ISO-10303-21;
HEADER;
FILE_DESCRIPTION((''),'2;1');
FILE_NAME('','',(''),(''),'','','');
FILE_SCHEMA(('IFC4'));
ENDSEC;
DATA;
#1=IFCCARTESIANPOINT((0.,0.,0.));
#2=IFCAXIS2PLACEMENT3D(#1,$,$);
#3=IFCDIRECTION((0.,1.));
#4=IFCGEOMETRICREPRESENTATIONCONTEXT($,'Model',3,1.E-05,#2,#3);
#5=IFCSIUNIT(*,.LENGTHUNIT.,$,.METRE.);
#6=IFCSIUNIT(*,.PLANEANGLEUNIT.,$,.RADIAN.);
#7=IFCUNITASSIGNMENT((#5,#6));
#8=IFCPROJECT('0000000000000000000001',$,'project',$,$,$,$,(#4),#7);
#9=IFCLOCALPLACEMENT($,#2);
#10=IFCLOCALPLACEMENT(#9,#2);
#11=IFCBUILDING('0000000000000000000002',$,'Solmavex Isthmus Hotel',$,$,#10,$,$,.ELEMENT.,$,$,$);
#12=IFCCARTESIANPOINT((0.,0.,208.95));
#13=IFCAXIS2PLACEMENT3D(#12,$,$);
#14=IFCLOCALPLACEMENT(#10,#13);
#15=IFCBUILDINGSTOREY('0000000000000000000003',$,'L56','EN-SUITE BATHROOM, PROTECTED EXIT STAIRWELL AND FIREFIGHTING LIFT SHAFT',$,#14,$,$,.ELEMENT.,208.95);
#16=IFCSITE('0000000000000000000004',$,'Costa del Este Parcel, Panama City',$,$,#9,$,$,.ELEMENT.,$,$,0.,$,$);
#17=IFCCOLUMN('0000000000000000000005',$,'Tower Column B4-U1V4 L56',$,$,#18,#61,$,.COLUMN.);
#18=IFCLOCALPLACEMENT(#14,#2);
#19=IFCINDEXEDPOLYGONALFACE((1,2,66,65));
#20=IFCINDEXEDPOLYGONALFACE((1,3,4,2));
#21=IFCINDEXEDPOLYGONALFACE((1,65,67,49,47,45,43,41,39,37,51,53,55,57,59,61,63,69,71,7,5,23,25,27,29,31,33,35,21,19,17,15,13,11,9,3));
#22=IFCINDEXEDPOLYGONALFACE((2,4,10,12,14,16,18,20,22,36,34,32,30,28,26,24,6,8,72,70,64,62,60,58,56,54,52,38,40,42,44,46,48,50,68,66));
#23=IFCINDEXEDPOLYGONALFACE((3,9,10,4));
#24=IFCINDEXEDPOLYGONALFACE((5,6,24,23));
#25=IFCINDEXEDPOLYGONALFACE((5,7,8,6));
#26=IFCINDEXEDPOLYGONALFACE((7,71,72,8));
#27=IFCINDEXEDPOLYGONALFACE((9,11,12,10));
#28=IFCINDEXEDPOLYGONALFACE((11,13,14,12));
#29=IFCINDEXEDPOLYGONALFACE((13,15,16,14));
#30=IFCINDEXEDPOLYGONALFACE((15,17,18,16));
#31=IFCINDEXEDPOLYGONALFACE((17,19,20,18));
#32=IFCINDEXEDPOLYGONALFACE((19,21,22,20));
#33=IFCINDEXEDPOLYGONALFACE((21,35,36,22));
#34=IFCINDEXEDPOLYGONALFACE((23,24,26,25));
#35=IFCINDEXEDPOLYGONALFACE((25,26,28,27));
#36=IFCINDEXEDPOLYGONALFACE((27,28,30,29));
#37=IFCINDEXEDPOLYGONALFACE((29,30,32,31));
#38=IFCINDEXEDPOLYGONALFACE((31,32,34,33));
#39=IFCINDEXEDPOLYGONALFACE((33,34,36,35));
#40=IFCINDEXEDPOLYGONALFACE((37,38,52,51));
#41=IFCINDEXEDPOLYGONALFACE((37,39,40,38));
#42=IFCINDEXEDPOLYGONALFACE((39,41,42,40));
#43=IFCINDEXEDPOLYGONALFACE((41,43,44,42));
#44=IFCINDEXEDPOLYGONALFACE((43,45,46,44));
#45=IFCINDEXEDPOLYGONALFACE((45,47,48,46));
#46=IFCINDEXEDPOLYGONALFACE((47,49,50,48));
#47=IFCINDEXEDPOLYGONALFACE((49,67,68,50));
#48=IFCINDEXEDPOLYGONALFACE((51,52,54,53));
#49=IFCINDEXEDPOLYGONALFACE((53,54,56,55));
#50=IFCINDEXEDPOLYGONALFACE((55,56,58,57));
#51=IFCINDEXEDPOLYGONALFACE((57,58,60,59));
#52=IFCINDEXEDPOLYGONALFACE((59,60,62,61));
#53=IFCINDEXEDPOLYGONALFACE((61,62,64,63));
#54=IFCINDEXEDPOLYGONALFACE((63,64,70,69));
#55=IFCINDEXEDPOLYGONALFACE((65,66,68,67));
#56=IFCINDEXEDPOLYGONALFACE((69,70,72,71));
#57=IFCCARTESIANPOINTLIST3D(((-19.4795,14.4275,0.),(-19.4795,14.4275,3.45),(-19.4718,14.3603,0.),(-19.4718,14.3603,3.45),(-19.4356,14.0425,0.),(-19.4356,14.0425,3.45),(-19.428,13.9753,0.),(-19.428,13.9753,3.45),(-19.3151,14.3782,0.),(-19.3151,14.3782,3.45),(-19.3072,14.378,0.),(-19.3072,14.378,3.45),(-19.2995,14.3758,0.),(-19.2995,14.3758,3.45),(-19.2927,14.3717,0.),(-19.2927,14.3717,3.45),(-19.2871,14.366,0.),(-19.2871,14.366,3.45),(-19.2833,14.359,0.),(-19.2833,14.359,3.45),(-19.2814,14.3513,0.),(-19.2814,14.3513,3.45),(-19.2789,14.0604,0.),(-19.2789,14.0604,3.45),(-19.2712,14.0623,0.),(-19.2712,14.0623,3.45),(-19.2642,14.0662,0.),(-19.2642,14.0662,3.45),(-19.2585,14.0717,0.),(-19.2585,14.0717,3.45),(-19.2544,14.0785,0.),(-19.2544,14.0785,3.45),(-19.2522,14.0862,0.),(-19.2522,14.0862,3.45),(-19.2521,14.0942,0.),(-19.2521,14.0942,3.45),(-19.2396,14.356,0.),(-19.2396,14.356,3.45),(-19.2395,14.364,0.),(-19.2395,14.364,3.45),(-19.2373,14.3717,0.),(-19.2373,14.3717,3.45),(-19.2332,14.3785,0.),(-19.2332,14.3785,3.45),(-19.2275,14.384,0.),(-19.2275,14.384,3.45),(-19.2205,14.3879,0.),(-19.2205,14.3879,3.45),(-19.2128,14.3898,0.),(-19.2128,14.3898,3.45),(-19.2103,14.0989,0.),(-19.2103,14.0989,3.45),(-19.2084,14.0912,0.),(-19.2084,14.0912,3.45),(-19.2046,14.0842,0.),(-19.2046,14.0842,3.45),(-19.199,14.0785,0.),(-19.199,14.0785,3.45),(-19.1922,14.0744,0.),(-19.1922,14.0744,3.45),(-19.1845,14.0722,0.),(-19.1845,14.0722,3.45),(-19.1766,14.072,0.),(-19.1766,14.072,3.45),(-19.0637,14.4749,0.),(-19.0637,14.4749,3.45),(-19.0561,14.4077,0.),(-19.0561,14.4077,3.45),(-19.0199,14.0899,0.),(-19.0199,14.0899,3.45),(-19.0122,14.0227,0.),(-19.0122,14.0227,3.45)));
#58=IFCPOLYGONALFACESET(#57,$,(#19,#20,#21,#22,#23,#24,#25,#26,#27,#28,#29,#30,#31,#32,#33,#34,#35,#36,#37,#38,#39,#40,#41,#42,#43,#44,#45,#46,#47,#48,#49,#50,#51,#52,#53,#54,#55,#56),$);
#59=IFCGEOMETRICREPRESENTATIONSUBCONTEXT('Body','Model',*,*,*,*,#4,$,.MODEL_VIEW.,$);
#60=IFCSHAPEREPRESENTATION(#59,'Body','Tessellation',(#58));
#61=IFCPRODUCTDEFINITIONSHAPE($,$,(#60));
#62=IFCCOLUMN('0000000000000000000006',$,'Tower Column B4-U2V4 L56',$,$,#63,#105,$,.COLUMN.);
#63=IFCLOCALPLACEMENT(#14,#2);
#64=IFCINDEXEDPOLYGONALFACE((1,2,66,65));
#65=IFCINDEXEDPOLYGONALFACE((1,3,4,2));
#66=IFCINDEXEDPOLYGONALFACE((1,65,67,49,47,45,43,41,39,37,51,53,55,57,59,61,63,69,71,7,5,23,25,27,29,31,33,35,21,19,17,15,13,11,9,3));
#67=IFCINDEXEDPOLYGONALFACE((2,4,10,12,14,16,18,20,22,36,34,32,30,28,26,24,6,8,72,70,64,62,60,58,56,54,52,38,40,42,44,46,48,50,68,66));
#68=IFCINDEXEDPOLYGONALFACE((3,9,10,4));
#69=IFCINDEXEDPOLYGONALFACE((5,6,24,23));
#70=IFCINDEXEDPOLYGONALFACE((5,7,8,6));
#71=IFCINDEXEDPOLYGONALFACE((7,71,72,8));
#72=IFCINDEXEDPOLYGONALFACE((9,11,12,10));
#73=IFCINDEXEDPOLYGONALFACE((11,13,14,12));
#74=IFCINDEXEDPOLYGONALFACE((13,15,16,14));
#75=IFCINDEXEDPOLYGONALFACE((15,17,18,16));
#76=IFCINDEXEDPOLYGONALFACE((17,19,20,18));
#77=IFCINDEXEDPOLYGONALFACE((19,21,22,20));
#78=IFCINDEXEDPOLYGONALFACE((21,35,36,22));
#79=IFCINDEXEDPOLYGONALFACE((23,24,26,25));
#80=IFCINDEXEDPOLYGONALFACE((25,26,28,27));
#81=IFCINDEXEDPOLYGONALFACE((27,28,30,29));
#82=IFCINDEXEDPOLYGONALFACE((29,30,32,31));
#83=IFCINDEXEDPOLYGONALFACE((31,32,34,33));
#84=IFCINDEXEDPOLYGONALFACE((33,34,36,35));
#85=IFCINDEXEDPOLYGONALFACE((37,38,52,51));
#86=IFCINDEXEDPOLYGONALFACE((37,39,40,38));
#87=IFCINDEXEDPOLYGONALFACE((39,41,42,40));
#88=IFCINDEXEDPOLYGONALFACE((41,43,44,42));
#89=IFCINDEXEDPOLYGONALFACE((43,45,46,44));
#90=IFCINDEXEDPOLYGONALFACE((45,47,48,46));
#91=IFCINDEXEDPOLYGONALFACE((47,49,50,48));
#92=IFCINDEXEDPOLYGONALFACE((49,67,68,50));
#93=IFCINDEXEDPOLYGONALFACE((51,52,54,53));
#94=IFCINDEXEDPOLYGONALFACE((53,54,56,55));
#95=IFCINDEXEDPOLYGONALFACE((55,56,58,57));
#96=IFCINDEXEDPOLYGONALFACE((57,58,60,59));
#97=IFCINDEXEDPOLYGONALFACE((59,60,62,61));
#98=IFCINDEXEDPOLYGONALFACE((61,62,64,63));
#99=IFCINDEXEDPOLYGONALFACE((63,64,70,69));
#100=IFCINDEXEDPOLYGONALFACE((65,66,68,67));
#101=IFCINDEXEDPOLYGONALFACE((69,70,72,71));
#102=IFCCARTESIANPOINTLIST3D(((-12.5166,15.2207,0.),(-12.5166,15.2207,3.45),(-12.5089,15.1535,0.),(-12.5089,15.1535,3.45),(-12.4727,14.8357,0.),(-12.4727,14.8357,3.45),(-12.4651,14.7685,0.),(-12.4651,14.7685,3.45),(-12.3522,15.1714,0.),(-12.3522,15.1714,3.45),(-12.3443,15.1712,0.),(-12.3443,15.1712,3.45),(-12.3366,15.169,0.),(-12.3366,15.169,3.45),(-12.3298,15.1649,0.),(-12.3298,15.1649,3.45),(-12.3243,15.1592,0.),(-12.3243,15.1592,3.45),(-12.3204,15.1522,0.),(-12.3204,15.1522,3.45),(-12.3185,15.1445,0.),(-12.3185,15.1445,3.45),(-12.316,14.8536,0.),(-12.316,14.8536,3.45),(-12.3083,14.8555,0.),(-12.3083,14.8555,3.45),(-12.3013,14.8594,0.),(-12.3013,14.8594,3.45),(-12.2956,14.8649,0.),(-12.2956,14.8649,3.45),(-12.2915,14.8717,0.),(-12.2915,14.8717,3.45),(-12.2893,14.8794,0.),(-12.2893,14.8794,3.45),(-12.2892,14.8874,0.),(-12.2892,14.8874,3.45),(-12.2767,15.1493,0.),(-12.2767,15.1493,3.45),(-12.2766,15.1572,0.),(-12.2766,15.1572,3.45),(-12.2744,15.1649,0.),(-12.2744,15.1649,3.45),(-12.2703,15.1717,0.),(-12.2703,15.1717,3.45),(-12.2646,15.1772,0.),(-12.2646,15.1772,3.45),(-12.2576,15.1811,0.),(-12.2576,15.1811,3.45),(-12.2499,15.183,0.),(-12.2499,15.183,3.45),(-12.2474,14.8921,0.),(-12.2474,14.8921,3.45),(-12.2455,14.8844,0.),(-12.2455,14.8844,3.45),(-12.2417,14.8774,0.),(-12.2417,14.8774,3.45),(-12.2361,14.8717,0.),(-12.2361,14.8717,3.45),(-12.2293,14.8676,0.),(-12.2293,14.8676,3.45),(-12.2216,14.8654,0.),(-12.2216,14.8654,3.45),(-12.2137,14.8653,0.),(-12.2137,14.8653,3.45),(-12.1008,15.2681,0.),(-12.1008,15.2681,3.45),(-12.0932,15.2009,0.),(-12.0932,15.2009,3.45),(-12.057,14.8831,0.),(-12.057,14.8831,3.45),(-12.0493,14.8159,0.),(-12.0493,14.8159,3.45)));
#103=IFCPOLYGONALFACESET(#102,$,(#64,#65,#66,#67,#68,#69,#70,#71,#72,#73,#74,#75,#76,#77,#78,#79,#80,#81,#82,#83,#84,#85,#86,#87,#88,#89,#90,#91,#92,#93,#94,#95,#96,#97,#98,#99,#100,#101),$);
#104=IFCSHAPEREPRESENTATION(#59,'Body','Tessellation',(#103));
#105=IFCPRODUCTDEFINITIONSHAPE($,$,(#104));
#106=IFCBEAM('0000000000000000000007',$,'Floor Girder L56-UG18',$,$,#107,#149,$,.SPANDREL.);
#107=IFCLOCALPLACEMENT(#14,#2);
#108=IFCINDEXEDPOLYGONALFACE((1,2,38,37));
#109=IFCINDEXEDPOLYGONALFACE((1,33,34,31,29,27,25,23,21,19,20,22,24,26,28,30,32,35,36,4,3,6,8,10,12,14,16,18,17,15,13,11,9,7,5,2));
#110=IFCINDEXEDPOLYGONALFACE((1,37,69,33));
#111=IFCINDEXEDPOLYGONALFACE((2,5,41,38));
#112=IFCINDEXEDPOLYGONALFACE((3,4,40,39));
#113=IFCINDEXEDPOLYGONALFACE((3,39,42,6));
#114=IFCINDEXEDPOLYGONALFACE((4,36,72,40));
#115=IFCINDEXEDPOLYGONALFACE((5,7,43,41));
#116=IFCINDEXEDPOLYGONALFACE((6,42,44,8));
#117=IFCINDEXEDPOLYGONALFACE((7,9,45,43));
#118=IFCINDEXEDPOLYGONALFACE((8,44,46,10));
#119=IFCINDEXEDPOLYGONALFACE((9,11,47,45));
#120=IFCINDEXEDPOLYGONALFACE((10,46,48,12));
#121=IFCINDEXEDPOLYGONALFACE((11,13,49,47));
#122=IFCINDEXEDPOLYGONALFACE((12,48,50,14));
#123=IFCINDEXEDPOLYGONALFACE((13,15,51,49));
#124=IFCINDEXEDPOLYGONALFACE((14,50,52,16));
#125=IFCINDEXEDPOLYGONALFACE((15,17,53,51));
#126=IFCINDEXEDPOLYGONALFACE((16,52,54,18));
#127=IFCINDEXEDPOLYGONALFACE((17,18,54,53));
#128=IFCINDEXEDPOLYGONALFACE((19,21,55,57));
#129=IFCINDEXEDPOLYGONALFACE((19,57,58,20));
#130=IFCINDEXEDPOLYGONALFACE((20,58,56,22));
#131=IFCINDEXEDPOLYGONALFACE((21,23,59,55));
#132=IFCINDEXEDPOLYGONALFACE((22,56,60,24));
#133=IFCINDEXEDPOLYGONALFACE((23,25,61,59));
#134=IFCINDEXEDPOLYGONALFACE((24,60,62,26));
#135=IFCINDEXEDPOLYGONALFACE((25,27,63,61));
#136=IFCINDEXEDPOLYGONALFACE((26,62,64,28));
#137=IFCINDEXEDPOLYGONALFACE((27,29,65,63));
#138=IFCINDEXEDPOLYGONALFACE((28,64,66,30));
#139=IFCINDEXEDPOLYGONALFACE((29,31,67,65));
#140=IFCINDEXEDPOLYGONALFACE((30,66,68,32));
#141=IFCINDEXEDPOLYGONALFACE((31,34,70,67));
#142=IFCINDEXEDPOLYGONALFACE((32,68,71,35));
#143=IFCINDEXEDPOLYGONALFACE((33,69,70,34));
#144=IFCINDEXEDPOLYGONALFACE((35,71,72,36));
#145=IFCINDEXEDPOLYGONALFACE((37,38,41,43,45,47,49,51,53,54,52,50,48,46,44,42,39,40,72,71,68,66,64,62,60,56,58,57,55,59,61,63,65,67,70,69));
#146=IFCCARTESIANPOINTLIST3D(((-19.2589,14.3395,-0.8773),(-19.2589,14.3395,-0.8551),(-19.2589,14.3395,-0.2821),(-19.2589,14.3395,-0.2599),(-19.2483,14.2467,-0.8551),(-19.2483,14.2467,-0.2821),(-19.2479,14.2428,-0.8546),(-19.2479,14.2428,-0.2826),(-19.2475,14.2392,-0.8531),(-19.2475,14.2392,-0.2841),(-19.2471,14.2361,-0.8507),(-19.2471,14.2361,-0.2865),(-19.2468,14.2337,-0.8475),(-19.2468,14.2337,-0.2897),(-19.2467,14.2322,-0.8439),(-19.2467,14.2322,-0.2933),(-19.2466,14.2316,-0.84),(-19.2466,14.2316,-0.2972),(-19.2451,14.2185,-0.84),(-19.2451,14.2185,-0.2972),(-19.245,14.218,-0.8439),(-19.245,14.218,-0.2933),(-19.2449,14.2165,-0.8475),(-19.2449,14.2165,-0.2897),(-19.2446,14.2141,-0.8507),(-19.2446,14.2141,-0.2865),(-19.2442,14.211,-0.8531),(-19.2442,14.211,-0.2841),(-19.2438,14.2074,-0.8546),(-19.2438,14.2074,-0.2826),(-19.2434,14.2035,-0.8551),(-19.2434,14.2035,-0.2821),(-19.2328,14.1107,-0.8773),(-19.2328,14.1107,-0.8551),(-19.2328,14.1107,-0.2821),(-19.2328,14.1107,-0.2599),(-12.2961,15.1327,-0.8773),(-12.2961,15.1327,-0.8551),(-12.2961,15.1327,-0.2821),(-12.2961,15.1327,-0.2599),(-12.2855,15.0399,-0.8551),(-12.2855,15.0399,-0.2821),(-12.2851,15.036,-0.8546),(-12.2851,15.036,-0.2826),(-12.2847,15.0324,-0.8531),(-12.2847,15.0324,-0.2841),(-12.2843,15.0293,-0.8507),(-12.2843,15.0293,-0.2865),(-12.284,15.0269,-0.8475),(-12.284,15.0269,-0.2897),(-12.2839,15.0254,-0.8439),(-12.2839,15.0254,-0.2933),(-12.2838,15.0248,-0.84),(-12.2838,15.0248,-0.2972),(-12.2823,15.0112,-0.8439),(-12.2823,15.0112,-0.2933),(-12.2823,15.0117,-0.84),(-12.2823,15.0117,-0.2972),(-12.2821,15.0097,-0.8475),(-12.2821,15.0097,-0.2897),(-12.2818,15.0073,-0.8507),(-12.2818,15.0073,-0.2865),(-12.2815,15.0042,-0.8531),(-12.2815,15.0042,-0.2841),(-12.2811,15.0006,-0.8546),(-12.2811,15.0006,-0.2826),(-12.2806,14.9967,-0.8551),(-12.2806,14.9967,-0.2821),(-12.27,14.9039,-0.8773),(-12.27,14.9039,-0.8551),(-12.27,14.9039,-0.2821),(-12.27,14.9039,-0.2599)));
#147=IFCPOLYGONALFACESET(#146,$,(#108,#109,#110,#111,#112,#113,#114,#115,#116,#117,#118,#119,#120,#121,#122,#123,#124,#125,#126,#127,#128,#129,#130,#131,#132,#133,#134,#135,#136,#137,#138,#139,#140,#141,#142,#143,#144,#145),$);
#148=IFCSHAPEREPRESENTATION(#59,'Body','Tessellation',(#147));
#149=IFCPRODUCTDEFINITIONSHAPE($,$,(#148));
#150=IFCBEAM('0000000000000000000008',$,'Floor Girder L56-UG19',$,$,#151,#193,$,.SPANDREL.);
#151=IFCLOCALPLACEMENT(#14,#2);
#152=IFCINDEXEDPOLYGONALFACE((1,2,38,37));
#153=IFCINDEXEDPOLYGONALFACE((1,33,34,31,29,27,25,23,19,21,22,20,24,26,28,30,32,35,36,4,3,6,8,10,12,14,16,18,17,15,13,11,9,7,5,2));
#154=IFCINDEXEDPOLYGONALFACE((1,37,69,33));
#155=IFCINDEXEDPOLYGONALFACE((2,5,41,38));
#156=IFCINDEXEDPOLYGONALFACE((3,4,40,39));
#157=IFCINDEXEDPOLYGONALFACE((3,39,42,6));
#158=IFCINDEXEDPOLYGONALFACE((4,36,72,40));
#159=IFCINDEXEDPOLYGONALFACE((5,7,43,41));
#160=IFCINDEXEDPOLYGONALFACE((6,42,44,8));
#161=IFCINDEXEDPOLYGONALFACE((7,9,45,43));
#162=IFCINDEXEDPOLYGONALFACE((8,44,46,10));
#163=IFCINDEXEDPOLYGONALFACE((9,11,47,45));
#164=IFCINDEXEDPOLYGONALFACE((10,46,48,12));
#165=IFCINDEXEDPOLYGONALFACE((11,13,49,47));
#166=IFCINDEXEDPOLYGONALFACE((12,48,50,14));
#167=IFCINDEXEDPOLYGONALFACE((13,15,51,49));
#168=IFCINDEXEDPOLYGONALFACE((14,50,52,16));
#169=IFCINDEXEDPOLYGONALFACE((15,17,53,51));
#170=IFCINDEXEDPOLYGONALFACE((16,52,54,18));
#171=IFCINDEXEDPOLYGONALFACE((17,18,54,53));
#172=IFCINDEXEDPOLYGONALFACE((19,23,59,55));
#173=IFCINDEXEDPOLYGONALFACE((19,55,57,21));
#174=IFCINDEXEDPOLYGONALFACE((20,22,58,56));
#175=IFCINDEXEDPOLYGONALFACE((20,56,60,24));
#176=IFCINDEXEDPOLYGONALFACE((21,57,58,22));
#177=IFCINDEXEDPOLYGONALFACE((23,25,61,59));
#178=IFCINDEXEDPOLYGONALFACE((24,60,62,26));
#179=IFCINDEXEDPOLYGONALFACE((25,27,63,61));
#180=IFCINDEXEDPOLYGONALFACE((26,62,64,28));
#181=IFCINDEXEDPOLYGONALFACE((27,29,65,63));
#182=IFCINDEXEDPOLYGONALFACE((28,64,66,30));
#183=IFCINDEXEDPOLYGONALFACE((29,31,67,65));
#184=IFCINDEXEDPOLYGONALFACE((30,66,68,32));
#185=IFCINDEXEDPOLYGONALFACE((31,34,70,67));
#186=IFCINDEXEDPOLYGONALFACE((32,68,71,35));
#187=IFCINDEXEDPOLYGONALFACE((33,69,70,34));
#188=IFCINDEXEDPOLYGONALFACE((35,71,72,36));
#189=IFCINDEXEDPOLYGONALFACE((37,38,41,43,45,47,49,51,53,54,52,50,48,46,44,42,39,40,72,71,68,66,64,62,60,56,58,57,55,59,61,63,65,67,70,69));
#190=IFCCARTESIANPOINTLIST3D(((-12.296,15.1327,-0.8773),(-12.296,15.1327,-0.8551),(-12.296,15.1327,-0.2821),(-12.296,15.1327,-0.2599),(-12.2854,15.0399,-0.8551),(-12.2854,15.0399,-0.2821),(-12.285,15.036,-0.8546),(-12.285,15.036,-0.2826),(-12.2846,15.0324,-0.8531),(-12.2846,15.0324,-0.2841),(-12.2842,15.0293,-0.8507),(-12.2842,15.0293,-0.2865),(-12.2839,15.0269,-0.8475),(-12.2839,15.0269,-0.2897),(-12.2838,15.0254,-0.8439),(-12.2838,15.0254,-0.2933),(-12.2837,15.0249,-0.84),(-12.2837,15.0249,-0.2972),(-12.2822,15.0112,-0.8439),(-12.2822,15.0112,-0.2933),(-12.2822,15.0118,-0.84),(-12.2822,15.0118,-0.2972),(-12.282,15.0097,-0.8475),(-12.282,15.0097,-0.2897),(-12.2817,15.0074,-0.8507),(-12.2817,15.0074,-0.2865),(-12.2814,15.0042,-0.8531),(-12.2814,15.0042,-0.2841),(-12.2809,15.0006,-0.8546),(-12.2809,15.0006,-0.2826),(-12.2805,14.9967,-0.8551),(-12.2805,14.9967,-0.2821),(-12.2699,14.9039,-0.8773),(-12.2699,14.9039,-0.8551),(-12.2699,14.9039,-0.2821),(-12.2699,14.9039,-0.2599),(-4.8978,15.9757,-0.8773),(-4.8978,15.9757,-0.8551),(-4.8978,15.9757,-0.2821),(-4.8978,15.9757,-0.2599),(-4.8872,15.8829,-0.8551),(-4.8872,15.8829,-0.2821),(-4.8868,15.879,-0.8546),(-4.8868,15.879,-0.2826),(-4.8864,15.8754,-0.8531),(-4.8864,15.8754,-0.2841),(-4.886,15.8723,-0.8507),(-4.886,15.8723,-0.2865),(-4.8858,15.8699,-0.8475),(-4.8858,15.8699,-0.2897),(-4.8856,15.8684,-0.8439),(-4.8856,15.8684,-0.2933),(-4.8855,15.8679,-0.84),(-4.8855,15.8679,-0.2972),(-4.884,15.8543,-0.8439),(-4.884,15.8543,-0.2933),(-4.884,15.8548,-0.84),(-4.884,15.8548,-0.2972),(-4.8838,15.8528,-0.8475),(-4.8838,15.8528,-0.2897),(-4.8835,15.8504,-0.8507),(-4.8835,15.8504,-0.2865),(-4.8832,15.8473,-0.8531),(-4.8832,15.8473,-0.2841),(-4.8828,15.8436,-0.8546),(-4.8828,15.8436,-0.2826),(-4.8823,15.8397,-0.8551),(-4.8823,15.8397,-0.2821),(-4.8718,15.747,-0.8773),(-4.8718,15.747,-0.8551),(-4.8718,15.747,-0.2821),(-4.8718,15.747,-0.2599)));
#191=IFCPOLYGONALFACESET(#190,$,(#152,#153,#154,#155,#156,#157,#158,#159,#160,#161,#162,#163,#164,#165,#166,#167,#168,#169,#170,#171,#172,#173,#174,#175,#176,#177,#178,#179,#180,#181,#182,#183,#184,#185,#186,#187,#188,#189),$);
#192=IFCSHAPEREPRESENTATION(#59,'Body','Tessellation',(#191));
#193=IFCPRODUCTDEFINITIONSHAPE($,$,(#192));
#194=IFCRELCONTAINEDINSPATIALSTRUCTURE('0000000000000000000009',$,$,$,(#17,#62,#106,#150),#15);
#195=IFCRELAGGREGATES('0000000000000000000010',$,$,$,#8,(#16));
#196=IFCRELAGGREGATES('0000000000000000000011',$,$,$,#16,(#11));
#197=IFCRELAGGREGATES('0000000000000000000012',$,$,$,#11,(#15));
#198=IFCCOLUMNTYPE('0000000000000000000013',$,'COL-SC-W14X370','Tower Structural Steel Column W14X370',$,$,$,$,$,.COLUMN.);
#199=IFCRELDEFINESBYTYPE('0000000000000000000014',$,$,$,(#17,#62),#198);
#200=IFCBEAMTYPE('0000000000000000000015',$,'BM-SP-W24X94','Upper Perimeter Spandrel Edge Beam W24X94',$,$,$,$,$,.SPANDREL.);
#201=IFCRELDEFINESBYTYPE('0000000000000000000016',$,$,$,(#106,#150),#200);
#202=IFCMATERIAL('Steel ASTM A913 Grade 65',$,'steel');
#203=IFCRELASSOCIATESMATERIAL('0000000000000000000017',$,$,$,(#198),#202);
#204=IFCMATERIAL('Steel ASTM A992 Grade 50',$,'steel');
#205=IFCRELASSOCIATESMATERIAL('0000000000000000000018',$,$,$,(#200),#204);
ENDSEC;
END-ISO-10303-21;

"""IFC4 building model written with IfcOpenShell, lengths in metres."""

from ifc_helpers import new_model, si_unit, direction, frame, origin, origin_2d, place, context, subcontext, project, spatial, i_section, extrude, material, material_profile, profile_set, type_object, element, save


model = new_model("IFC4")

# Units and contexts
model_context = context("Model", 3, precision=1e-05, world=origin(), true_north=direction((0.0, 1.0)))
body_context = subcontext(model_context, "Body", "Model", "MODEL_VIEW")
ifc_project = project(units=[si_unit("LENGTHUNIT", "METRE"), si_unit("PLANEANGLEUNIT", "RADIAN")], contexts=[model_context])

# Site, building, storey
site_placement = place(None, origin())
site = spatial("IfcSite", under=ifc_project, at=site_placement, Name="Costa del Este Parcel, Panama City", CompositionType="ELEMENT", RefElevation=0.0)
building_placement = place(site_placement, origin())
building = spatial("IfcBuilding", under=site, at=building_placement, Name="Solmavex Isthmus Hotel", CompositionType="ELEMENT")
storey_placement = place(building_placement, frame((0.0, 0.0, 208.95)))
storey = spatial("IfcBuildingStorey", under=building, at=storey_placement, Name="L56", Description="EN-SUITE BATHROOM, PROTECTED EXIT STAIRWELL AND FIREFIGHTING LIFT SHAFT", CompositionType="ELEMENT", Elevation=208.95)

# Columns
ifc_material_1 = material(Name="Steel ASTM A913 Grade 65", Category="steel")
ifc_material_profile_1 = material_profile(ifc_material_1, i_section(OverallWidth=0.4185, OverallDepth=0.4551, WebThickness=0.042, FlangeThickness=0.0676, FilletRadius=0.0305, at=origin_2d()), Name="W14X370")
ifc_profile_set_1 = profile_set([ifc_material_profile_1], Name="Steel ASTM A913 Grade 65")
column_type = type_object("IfcColumnType", Name="COL-SC-W14X370", Description="Tower Structural Steel Column W14X370", PredefinedType="COLUMN", material=ifc_profile_set_1)
for number, where, z_axis, x_axis, name in (
    (1, (-19.2458, 14.2251, 0.0), (0.0, 0.0, 1.0), (0.993572, 0.113203, 0.0), "Tower Column B4-U1V4 L56"),
    (2, (-12.283, 15.0183, 0.0), (0.0, 0.0, 1.0), (0.993572, 0.113203, 0.0), "Tower Column B4-U2V4 L56"),
):
    element("IfcColumn", number, at=place(storey_placement, frame(where, z_axis=z_axis, x_axis=x_axis)), inside=storey, type_object=column_type, Name=name, PredefinedType="COLUMN", context=body_context, shape_type="SweptSolid", body=[
        extrude(i_section(OverallWidth=0.4185, OverallDepth=0.4551, WebThickness=0.042, FlangeThickness=0.0676, FilletRadius=0.0305, at=origin_2d()), origin(), (0.0, 0.0, 1.0), 3.45),
    ])

# Beams
ifc_material_2 = material(Name="Steel ASTM A992 Grade 50", Category="steel")
ifc_material_profile_2 = material_profile(ifc_material_2, i_section(OverallWidth=0.2302, OverallDepth=0.6174, WebThickness=0.0132, FlangeThickness=0.0222, FilletRadius=0.0151, at=origin_2d()), Name="W24X94")
ifc_profile_set_2 = profile_set([ifc_material_profile_2], Name="Steel ASTM A992 Grade 50")
beam_type = type_object("IfcBeamType", Name="BM-SP-W24X94", Description="Upper Perimeter Spandrel Edge Beam W24X94", PredefinedType="SPANDREL", material=ifc_profile_set_2)
beam_1_placement = place(storey_placement, frame((-19.2458, 14.2251, -0.5686), z_axis=(0.993574, 0.113188, 0.0), x_axis=(-0.113188, 0.993574, 0.0)))
element("IfcBeam", 3, at=beam_1_placement, inside=storey, type_object=beam_type, Name="Floor Girder L56-UG18", PredefinedType="SPANDREL", context=body_context, shape_type="SweptSolid", body=[
    extrude(i_section(OverallWidth=0.2302, OverallDepth=0.6174, WebThickness=0.0132, FlangeThickness=0.0222, FilletRadius=0.0151, at=origin_2d()), origin(), (0.0, 0.0, 1.0), 7.0078),
])
beam_2_placement = place(storey_placement, frame((-12.283, 15.0183, -0.5686), z_axis=(0.99357, 0.113216, 0.0), x_axis=(-0.113216, 0.99357, 0.0)))
element("IfcBeam", 4, at=beam_2_placement, inside=storey, type_object=beam_type, Name="Floor Girder L56-UG19", PredefinedType="SPANDREL", context=body_context, shape_type="SweptSolid", body=[
    extrude(i_section(OverallWidth=0.2302, OverallDepth=0.6174, WebThickness=0.0132, FlangeThickness=0.0222, FilletRadius=0.0151, at=origin_2d()), origin(), (0.0, 0.0, 1.0), 7.446),
])

save(model, "model.ifc")
